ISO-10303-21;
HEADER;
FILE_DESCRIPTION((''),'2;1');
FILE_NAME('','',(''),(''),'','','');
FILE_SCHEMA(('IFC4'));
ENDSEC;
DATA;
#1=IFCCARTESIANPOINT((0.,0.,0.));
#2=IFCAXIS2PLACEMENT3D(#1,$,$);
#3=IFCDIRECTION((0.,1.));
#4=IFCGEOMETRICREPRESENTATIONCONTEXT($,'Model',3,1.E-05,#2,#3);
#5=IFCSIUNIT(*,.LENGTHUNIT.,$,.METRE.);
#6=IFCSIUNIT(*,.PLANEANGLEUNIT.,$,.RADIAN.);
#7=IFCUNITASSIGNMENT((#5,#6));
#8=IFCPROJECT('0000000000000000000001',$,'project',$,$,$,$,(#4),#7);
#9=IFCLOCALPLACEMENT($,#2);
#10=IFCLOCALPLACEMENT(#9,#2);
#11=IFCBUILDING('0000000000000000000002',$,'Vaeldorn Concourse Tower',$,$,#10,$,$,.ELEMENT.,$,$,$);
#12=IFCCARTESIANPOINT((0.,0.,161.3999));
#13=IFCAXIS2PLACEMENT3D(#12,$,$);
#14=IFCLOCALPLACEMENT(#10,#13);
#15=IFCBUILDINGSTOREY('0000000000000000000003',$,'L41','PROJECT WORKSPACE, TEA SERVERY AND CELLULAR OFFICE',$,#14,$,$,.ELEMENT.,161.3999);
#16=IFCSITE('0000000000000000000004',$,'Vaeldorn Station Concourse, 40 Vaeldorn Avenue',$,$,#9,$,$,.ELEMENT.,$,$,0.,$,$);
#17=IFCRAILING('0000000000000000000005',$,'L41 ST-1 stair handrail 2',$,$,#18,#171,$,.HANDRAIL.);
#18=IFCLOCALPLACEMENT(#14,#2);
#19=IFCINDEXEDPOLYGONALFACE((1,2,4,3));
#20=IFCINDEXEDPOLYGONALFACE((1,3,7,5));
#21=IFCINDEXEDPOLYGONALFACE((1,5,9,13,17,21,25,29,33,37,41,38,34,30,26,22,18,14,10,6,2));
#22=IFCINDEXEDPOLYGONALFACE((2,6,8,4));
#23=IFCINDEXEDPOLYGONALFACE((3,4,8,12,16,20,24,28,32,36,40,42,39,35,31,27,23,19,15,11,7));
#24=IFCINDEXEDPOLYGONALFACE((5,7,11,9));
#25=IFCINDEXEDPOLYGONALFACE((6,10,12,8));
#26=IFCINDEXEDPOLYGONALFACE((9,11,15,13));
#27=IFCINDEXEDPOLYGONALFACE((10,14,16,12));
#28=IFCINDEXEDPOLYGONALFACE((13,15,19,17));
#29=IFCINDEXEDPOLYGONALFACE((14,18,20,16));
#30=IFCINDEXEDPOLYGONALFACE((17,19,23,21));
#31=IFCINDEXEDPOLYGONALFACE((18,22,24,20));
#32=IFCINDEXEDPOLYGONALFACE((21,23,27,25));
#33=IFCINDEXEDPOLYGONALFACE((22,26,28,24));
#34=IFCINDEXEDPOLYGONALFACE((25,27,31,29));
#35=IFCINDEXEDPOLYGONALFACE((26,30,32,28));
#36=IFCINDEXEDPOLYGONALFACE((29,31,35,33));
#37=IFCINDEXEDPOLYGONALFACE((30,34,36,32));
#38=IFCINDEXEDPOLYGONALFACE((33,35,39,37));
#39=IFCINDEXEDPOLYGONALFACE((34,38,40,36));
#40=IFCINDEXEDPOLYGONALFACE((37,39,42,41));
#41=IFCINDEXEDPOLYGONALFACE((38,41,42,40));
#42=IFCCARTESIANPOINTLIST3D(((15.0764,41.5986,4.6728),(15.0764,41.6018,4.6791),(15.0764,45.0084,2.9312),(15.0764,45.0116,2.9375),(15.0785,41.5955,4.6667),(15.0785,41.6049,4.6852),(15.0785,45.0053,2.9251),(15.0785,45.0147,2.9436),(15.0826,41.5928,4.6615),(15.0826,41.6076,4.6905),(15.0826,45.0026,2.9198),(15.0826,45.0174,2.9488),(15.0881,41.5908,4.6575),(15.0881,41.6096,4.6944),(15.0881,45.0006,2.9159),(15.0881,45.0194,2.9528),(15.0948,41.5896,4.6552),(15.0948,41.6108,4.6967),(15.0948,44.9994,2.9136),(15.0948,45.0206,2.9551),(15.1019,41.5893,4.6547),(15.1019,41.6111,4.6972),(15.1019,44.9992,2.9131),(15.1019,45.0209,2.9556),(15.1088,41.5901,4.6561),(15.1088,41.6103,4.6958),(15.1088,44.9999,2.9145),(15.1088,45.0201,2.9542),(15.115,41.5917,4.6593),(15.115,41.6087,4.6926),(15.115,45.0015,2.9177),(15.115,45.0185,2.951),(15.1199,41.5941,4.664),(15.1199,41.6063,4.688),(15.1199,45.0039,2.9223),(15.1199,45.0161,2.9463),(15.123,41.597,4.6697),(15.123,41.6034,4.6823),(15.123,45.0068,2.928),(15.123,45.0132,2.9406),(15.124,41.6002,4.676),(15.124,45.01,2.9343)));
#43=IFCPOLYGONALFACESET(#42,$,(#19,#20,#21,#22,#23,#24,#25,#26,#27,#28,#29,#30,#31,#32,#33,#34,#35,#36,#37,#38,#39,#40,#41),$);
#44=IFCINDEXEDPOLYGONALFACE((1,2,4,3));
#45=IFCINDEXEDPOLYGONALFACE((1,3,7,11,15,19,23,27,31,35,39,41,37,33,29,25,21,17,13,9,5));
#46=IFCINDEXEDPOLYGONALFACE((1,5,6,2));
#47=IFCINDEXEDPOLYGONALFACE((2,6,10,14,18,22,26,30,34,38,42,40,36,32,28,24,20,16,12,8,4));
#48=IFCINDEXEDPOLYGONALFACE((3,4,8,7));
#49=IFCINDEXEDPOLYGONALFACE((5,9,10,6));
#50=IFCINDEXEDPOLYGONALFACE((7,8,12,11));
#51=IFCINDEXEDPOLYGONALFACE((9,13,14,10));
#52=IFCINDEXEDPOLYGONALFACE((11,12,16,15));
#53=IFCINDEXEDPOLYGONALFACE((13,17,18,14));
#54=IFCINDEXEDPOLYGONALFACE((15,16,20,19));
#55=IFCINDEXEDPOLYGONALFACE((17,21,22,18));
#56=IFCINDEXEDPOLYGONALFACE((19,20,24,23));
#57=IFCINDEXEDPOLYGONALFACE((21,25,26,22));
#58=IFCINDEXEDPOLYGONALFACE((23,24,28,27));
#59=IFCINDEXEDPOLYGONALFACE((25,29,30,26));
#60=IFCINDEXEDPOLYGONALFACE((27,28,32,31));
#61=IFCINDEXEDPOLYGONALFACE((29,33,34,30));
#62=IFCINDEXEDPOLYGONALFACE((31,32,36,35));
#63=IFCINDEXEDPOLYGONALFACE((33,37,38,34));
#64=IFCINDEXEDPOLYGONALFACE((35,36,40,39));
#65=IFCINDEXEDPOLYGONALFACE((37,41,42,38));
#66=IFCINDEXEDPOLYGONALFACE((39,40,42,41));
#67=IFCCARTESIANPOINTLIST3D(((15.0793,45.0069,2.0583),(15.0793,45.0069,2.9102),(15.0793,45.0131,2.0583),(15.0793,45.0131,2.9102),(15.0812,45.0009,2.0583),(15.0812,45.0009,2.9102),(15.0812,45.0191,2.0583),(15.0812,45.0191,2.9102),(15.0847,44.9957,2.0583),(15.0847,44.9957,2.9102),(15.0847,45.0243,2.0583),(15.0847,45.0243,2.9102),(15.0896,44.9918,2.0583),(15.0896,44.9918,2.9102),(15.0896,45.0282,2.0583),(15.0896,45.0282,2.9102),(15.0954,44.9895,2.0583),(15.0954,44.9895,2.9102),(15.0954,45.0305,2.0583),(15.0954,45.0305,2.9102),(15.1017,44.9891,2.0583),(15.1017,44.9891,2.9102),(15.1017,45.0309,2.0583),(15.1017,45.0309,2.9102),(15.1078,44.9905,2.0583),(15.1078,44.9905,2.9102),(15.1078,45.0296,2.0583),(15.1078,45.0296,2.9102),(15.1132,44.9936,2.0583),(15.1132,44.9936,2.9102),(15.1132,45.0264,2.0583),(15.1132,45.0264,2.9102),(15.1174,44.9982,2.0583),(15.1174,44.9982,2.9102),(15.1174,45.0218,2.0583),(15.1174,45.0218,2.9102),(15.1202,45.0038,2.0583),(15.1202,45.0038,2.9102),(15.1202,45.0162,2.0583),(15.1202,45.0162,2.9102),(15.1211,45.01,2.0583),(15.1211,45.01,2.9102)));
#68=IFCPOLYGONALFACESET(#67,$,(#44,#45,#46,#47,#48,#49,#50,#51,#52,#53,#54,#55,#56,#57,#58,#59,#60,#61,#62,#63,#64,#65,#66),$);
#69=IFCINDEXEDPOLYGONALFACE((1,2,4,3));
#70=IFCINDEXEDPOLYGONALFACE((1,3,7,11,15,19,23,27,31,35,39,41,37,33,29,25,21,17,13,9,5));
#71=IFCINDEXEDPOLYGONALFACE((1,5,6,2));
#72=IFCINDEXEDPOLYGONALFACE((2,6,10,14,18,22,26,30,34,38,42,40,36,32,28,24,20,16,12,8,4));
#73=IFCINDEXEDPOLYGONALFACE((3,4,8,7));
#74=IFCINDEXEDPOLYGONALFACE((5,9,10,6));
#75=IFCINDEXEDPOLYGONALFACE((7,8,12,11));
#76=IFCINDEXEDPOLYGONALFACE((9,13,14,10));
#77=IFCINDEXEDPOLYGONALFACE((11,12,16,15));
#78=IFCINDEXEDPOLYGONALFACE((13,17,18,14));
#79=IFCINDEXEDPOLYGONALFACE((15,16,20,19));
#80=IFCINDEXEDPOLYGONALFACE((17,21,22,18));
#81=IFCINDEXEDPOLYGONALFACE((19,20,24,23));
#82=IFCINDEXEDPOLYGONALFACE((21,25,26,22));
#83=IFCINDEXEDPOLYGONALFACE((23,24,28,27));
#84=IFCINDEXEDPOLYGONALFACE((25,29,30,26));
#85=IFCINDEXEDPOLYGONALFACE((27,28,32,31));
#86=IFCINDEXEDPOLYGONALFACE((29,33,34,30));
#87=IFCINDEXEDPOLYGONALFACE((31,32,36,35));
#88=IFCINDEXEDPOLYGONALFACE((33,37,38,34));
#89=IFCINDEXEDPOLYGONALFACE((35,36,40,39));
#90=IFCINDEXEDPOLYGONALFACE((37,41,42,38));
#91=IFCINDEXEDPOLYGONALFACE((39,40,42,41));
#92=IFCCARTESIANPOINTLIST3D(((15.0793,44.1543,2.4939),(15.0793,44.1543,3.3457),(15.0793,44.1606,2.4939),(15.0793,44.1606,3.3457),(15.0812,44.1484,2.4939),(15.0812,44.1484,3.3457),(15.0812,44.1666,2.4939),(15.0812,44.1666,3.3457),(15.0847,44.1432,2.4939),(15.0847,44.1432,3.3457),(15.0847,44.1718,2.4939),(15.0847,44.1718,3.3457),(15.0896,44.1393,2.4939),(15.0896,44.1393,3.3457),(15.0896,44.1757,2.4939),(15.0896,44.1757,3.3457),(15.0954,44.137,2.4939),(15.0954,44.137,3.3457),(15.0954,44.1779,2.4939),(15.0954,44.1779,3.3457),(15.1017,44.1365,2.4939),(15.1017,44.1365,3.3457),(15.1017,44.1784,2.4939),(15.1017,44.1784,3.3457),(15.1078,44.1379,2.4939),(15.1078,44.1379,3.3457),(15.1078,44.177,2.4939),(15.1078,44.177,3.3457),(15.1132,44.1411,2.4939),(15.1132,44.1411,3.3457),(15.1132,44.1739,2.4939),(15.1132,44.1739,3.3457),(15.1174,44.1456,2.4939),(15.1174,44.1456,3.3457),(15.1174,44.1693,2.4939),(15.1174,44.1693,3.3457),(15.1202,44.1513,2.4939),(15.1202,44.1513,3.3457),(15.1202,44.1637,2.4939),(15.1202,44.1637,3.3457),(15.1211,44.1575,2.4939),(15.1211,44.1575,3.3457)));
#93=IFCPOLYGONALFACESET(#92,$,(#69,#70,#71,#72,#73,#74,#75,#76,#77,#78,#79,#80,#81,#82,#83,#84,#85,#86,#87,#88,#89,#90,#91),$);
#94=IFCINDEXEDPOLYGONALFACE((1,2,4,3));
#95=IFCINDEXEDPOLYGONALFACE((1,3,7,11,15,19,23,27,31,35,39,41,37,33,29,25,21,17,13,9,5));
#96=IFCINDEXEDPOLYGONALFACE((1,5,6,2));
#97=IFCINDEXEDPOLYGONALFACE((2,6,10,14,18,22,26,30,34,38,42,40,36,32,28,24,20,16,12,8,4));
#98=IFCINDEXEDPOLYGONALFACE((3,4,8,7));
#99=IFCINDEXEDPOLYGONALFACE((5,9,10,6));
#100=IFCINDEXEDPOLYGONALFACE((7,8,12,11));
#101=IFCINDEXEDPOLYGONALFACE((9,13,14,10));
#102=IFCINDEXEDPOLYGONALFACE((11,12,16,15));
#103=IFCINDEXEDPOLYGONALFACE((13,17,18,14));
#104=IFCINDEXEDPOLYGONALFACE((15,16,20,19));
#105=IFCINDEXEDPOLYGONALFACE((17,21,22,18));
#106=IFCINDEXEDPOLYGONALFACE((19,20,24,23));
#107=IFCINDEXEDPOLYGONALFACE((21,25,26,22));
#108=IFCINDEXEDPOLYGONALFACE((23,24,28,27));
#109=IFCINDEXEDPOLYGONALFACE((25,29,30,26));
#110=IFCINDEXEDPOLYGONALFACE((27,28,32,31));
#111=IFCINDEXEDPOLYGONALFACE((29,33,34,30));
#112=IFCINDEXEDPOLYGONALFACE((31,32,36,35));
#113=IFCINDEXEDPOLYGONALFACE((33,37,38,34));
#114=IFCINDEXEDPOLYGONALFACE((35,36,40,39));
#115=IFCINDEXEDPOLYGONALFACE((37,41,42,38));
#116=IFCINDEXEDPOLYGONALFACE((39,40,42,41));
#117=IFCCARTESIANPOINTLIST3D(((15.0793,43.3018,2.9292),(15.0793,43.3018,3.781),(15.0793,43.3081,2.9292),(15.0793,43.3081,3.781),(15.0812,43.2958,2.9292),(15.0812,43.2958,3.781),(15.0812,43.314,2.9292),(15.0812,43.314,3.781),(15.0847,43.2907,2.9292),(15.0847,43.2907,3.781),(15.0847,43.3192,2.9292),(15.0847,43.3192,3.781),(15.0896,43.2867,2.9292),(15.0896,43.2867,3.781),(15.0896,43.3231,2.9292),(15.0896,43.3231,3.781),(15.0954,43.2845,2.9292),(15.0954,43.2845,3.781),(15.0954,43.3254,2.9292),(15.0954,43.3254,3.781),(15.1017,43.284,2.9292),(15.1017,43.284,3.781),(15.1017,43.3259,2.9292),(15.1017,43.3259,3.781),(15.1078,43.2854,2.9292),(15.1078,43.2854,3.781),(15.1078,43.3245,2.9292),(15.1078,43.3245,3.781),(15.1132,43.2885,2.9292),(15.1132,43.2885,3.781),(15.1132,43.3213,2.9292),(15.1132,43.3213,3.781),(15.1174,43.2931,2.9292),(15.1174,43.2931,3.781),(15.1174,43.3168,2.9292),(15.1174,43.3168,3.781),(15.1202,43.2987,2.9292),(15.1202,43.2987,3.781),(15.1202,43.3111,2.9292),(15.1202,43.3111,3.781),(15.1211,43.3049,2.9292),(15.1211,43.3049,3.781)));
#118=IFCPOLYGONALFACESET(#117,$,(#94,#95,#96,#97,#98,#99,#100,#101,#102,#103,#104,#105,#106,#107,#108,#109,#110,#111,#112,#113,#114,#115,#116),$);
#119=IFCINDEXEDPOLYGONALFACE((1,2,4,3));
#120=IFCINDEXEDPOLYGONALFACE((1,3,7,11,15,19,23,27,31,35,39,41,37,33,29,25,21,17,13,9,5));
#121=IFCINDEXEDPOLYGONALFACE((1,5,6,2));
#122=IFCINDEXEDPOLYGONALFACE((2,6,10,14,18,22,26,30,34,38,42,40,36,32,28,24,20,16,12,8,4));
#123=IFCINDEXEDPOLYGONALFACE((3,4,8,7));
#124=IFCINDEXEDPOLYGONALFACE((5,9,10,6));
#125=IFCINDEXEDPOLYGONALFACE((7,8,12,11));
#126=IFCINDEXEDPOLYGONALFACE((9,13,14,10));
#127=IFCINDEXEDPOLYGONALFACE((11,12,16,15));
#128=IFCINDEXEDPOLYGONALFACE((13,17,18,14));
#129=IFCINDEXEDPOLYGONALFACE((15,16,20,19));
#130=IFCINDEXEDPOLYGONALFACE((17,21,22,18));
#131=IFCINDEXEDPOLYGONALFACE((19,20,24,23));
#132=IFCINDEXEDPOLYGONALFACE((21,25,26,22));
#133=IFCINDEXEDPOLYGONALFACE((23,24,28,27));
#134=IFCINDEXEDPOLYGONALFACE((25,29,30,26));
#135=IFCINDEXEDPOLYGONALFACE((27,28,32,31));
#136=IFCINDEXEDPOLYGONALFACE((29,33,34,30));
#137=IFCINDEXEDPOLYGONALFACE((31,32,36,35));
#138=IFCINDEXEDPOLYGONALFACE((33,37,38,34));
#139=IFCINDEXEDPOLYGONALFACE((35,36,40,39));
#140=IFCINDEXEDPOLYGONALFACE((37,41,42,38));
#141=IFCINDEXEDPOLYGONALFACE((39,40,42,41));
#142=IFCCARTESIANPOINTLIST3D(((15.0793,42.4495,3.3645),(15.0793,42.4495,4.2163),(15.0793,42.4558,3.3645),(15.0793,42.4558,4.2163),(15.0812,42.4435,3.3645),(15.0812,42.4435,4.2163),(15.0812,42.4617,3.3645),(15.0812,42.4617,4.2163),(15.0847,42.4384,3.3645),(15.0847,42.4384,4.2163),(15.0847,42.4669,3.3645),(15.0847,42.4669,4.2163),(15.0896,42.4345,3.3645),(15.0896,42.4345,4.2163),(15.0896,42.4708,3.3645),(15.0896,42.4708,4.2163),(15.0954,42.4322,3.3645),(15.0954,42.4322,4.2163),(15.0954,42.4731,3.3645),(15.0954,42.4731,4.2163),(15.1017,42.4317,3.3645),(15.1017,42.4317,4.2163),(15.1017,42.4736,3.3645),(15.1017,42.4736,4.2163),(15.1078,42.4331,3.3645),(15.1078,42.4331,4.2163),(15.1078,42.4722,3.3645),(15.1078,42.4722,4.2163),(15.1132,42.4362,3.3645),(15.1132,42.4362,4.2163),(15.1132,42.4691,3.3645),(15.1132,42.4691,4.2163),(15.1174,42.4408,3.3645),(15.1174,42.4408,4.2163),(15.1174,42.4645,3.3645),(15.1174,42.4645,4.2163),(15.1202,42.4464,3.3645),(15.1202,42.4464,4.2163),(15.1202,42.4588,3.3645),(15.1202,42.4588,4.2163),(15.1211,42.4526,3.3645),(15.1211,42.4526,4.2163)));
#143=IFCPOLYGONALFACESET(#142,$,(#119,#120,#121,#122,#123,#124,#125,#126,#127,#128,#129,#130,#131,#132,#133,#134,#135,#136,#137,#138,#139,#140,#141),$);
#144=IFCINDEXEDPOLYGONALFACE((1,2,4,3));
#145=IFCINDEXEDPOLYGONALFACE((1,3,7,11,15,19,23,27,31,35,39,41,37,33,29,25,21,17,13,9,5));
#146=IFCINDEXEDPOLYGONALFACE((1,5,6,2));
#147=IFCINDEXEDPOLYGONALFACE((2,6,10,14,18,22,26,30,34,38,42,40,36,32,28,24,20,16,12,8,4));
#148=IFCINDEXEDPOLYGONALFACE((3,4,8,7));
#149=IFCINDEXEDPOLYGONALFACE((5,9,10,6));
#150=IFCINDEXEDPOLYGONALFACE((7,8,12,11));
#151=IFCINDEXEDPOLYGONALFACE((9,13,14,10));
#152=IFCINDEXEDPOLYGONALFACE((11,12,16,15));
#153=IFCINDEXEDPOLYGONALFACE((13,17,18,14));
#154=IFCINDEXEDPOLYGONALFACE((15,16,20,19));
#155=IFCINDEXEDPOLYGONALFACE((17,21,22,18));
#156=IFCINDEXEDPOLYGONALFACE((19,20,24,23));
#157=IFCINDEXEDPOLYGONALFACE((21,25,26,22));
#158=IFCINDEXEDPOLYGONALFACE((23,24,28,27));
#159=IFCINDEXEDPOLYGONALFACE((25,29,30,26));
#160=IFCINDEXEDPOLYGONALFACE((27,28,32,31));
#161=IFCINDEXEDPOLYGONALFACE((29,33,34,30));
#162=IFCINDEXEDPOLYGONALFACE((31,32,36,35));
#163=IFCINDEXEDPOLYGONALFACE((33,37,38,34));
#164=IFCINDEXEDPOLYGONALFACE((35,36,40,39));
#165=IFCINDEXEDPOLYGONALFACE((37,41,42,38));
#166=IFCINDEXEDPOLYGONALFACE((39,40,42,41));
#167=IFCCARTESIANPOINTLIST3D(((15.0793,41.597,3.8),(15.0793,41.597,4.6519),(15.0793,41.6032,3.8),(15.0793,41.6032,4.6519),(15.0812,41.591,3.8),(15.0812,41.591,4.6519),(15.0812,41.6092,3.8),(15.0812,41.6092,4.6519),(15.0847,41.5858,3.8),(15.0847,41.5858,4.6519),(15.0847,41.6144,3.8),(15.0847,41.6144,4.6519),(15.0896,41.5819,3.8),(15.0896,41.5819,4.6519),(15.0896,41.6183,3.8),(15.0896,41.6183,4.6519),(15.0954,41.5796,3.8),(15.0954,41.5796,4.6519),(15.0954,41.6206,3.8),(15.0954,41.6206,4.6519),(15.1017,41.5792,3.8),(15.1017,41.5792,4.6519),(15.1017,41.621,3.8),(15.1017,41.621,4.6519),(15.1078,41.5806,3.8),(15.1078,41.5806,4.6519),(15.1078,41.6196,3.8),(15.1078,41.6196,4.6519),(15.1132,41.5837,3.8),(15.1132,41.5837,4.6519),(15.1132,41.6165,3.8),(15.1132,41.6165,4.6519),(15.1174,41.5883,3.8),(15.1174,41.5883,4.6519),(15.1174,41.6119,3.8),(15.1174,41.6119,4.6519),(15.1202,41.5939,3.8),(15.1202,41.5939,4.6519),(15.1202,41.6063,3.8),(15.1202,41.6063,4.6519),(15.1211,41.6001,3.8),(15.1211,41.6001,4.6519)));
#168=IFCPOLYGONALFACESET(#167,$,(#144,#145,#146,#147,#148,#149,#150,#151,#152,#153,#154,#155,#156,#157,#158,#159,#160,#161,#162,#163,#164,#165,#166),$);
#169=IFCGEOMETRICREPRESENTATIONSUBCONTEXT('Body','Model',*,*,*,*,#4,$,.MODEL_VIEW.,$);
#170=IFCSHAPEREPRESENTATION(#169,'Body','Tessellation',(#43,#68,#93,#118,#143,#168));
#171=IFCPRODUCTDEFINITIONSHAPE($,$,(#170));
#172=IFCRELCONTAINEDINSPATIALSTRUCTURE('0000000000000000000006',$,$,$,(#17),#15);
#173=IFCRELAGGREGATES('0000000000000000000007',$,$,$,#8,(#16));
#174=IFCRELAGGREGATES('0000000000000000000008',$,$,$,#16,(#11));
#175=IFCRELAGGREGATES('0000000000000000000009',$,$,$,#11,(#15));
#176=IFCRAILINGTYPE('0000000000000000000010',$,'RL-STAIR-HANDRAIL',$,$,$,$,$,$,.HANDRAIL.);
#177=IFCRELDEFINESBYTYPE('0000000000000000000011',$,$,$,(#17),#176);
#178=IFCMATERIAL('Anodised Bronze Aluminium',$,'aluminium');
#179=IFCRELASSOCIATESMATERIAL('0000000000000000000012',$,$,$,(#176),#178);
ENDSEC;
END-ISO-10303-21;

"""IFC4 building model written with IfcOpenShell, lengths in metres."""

from ifc_helpers import new_model, si_unit, direction, frame, origin, origin_2d, place, context, subcontext, project, spatial, circle, extrude, material, type_object, element, save


model = new_model("IFC4")

# Units and contexts
model_context = context("Model", 3, precision=1e-05, world=origin(), true_north=direction((0.0, 1.0)))
body_context = subcontext(model_context, "Body", "Model", "MODEL_VIEW")
ifc_project = project(units=[si_unit("LENGTHUNIT", "METRE"), si_unit("PLANEANGLEUNIT", "RADIAN")], contexts=[model_context])

# Site, building, storey
site_placement = place(None, origin())
site = spatial("IfcSite", under=ifc_project, at=site_placement, Name="Vaeldorn Station Concourse, 40 Vaeldorn Avenue", CompositionType="ELEMENT", RefElevation=0.0)
building_placement = place(site_placement, origin())
building = spatial("IfcBuilding", under=site, at=building_placement, Name="Vaeldorn Concourse Tower", CompositionType="ELEMENT")
storey_placement = place(building_placement, frame((0.0, 0.0, 161.3999)))
storey = spatial("IfcBuildingStorey", under=building, at=storey_placement, Name="L41", Description="PROJECT WORKSPACE, TEA SERVERY AND CELLULAR OFFICE", CompositionType="ELEMENT", Elevation=161.3999)

# Shared definitions
ifc_material_1 = material(Name="Anodised Bronze Aluminium", Category="aluminium")

# Railing
railing_type_1 = type_object("IfcRailingType", Name="RL-STAIR-HANDRAIL", PredefinedType="HANDRAIL", material=ifc_material_1)
railing_1_placement = place(storey_placement, frame((15.1001, 45.01, 2.0583)))
element("IfcRailing", 1, at=railing_1_placement, inside=storey, type_object=railing_type_1, Name="L41 ST-1 stair handrail 2", PredefinedType="HANDRAIL", context=body_context, shape_type="SweptSolid", body=[
    extrude(circle(Radius=0.0239, at=origin_2d()), frame((0.0, 0.0, 0.876), z_axis=(0.0, -0.890556, 0.454874), x_axis=(1.0, 0.0, 0.0)), (0.0, 0.0, 1.0), 3.8289),
    extrude(circle(Radius=0.021, at=origin_2d()), origin(), (0.0, 0.0, 1.0), 0.8518),
    extrude(circle(Radius=0.021, at=origin_2d()), frame((0.0, -0.8525, 0.4355)), (0.0, 0.0, 1.0), 0.8518),
    extrude(circle(Radius=0.021, at=origin_2d()), frame((0.0, -1.7051, 0.8708)), (0.0, 0.0, 1.0), 0.8518),
    extrude(circle(Radius=0.021, at=origin_2d()), frame((0.0, -2.5574, 1.3062)), (0.0, 0.0, 1.0), 0.8518),
    extrude(circle(Radius=0.021, at=origin_2d()), frame((0.0, -3.4099, 1.7417)), (0.0, 0.0, 1.0), 0.8518),
])

save(model, "model.ifc")
